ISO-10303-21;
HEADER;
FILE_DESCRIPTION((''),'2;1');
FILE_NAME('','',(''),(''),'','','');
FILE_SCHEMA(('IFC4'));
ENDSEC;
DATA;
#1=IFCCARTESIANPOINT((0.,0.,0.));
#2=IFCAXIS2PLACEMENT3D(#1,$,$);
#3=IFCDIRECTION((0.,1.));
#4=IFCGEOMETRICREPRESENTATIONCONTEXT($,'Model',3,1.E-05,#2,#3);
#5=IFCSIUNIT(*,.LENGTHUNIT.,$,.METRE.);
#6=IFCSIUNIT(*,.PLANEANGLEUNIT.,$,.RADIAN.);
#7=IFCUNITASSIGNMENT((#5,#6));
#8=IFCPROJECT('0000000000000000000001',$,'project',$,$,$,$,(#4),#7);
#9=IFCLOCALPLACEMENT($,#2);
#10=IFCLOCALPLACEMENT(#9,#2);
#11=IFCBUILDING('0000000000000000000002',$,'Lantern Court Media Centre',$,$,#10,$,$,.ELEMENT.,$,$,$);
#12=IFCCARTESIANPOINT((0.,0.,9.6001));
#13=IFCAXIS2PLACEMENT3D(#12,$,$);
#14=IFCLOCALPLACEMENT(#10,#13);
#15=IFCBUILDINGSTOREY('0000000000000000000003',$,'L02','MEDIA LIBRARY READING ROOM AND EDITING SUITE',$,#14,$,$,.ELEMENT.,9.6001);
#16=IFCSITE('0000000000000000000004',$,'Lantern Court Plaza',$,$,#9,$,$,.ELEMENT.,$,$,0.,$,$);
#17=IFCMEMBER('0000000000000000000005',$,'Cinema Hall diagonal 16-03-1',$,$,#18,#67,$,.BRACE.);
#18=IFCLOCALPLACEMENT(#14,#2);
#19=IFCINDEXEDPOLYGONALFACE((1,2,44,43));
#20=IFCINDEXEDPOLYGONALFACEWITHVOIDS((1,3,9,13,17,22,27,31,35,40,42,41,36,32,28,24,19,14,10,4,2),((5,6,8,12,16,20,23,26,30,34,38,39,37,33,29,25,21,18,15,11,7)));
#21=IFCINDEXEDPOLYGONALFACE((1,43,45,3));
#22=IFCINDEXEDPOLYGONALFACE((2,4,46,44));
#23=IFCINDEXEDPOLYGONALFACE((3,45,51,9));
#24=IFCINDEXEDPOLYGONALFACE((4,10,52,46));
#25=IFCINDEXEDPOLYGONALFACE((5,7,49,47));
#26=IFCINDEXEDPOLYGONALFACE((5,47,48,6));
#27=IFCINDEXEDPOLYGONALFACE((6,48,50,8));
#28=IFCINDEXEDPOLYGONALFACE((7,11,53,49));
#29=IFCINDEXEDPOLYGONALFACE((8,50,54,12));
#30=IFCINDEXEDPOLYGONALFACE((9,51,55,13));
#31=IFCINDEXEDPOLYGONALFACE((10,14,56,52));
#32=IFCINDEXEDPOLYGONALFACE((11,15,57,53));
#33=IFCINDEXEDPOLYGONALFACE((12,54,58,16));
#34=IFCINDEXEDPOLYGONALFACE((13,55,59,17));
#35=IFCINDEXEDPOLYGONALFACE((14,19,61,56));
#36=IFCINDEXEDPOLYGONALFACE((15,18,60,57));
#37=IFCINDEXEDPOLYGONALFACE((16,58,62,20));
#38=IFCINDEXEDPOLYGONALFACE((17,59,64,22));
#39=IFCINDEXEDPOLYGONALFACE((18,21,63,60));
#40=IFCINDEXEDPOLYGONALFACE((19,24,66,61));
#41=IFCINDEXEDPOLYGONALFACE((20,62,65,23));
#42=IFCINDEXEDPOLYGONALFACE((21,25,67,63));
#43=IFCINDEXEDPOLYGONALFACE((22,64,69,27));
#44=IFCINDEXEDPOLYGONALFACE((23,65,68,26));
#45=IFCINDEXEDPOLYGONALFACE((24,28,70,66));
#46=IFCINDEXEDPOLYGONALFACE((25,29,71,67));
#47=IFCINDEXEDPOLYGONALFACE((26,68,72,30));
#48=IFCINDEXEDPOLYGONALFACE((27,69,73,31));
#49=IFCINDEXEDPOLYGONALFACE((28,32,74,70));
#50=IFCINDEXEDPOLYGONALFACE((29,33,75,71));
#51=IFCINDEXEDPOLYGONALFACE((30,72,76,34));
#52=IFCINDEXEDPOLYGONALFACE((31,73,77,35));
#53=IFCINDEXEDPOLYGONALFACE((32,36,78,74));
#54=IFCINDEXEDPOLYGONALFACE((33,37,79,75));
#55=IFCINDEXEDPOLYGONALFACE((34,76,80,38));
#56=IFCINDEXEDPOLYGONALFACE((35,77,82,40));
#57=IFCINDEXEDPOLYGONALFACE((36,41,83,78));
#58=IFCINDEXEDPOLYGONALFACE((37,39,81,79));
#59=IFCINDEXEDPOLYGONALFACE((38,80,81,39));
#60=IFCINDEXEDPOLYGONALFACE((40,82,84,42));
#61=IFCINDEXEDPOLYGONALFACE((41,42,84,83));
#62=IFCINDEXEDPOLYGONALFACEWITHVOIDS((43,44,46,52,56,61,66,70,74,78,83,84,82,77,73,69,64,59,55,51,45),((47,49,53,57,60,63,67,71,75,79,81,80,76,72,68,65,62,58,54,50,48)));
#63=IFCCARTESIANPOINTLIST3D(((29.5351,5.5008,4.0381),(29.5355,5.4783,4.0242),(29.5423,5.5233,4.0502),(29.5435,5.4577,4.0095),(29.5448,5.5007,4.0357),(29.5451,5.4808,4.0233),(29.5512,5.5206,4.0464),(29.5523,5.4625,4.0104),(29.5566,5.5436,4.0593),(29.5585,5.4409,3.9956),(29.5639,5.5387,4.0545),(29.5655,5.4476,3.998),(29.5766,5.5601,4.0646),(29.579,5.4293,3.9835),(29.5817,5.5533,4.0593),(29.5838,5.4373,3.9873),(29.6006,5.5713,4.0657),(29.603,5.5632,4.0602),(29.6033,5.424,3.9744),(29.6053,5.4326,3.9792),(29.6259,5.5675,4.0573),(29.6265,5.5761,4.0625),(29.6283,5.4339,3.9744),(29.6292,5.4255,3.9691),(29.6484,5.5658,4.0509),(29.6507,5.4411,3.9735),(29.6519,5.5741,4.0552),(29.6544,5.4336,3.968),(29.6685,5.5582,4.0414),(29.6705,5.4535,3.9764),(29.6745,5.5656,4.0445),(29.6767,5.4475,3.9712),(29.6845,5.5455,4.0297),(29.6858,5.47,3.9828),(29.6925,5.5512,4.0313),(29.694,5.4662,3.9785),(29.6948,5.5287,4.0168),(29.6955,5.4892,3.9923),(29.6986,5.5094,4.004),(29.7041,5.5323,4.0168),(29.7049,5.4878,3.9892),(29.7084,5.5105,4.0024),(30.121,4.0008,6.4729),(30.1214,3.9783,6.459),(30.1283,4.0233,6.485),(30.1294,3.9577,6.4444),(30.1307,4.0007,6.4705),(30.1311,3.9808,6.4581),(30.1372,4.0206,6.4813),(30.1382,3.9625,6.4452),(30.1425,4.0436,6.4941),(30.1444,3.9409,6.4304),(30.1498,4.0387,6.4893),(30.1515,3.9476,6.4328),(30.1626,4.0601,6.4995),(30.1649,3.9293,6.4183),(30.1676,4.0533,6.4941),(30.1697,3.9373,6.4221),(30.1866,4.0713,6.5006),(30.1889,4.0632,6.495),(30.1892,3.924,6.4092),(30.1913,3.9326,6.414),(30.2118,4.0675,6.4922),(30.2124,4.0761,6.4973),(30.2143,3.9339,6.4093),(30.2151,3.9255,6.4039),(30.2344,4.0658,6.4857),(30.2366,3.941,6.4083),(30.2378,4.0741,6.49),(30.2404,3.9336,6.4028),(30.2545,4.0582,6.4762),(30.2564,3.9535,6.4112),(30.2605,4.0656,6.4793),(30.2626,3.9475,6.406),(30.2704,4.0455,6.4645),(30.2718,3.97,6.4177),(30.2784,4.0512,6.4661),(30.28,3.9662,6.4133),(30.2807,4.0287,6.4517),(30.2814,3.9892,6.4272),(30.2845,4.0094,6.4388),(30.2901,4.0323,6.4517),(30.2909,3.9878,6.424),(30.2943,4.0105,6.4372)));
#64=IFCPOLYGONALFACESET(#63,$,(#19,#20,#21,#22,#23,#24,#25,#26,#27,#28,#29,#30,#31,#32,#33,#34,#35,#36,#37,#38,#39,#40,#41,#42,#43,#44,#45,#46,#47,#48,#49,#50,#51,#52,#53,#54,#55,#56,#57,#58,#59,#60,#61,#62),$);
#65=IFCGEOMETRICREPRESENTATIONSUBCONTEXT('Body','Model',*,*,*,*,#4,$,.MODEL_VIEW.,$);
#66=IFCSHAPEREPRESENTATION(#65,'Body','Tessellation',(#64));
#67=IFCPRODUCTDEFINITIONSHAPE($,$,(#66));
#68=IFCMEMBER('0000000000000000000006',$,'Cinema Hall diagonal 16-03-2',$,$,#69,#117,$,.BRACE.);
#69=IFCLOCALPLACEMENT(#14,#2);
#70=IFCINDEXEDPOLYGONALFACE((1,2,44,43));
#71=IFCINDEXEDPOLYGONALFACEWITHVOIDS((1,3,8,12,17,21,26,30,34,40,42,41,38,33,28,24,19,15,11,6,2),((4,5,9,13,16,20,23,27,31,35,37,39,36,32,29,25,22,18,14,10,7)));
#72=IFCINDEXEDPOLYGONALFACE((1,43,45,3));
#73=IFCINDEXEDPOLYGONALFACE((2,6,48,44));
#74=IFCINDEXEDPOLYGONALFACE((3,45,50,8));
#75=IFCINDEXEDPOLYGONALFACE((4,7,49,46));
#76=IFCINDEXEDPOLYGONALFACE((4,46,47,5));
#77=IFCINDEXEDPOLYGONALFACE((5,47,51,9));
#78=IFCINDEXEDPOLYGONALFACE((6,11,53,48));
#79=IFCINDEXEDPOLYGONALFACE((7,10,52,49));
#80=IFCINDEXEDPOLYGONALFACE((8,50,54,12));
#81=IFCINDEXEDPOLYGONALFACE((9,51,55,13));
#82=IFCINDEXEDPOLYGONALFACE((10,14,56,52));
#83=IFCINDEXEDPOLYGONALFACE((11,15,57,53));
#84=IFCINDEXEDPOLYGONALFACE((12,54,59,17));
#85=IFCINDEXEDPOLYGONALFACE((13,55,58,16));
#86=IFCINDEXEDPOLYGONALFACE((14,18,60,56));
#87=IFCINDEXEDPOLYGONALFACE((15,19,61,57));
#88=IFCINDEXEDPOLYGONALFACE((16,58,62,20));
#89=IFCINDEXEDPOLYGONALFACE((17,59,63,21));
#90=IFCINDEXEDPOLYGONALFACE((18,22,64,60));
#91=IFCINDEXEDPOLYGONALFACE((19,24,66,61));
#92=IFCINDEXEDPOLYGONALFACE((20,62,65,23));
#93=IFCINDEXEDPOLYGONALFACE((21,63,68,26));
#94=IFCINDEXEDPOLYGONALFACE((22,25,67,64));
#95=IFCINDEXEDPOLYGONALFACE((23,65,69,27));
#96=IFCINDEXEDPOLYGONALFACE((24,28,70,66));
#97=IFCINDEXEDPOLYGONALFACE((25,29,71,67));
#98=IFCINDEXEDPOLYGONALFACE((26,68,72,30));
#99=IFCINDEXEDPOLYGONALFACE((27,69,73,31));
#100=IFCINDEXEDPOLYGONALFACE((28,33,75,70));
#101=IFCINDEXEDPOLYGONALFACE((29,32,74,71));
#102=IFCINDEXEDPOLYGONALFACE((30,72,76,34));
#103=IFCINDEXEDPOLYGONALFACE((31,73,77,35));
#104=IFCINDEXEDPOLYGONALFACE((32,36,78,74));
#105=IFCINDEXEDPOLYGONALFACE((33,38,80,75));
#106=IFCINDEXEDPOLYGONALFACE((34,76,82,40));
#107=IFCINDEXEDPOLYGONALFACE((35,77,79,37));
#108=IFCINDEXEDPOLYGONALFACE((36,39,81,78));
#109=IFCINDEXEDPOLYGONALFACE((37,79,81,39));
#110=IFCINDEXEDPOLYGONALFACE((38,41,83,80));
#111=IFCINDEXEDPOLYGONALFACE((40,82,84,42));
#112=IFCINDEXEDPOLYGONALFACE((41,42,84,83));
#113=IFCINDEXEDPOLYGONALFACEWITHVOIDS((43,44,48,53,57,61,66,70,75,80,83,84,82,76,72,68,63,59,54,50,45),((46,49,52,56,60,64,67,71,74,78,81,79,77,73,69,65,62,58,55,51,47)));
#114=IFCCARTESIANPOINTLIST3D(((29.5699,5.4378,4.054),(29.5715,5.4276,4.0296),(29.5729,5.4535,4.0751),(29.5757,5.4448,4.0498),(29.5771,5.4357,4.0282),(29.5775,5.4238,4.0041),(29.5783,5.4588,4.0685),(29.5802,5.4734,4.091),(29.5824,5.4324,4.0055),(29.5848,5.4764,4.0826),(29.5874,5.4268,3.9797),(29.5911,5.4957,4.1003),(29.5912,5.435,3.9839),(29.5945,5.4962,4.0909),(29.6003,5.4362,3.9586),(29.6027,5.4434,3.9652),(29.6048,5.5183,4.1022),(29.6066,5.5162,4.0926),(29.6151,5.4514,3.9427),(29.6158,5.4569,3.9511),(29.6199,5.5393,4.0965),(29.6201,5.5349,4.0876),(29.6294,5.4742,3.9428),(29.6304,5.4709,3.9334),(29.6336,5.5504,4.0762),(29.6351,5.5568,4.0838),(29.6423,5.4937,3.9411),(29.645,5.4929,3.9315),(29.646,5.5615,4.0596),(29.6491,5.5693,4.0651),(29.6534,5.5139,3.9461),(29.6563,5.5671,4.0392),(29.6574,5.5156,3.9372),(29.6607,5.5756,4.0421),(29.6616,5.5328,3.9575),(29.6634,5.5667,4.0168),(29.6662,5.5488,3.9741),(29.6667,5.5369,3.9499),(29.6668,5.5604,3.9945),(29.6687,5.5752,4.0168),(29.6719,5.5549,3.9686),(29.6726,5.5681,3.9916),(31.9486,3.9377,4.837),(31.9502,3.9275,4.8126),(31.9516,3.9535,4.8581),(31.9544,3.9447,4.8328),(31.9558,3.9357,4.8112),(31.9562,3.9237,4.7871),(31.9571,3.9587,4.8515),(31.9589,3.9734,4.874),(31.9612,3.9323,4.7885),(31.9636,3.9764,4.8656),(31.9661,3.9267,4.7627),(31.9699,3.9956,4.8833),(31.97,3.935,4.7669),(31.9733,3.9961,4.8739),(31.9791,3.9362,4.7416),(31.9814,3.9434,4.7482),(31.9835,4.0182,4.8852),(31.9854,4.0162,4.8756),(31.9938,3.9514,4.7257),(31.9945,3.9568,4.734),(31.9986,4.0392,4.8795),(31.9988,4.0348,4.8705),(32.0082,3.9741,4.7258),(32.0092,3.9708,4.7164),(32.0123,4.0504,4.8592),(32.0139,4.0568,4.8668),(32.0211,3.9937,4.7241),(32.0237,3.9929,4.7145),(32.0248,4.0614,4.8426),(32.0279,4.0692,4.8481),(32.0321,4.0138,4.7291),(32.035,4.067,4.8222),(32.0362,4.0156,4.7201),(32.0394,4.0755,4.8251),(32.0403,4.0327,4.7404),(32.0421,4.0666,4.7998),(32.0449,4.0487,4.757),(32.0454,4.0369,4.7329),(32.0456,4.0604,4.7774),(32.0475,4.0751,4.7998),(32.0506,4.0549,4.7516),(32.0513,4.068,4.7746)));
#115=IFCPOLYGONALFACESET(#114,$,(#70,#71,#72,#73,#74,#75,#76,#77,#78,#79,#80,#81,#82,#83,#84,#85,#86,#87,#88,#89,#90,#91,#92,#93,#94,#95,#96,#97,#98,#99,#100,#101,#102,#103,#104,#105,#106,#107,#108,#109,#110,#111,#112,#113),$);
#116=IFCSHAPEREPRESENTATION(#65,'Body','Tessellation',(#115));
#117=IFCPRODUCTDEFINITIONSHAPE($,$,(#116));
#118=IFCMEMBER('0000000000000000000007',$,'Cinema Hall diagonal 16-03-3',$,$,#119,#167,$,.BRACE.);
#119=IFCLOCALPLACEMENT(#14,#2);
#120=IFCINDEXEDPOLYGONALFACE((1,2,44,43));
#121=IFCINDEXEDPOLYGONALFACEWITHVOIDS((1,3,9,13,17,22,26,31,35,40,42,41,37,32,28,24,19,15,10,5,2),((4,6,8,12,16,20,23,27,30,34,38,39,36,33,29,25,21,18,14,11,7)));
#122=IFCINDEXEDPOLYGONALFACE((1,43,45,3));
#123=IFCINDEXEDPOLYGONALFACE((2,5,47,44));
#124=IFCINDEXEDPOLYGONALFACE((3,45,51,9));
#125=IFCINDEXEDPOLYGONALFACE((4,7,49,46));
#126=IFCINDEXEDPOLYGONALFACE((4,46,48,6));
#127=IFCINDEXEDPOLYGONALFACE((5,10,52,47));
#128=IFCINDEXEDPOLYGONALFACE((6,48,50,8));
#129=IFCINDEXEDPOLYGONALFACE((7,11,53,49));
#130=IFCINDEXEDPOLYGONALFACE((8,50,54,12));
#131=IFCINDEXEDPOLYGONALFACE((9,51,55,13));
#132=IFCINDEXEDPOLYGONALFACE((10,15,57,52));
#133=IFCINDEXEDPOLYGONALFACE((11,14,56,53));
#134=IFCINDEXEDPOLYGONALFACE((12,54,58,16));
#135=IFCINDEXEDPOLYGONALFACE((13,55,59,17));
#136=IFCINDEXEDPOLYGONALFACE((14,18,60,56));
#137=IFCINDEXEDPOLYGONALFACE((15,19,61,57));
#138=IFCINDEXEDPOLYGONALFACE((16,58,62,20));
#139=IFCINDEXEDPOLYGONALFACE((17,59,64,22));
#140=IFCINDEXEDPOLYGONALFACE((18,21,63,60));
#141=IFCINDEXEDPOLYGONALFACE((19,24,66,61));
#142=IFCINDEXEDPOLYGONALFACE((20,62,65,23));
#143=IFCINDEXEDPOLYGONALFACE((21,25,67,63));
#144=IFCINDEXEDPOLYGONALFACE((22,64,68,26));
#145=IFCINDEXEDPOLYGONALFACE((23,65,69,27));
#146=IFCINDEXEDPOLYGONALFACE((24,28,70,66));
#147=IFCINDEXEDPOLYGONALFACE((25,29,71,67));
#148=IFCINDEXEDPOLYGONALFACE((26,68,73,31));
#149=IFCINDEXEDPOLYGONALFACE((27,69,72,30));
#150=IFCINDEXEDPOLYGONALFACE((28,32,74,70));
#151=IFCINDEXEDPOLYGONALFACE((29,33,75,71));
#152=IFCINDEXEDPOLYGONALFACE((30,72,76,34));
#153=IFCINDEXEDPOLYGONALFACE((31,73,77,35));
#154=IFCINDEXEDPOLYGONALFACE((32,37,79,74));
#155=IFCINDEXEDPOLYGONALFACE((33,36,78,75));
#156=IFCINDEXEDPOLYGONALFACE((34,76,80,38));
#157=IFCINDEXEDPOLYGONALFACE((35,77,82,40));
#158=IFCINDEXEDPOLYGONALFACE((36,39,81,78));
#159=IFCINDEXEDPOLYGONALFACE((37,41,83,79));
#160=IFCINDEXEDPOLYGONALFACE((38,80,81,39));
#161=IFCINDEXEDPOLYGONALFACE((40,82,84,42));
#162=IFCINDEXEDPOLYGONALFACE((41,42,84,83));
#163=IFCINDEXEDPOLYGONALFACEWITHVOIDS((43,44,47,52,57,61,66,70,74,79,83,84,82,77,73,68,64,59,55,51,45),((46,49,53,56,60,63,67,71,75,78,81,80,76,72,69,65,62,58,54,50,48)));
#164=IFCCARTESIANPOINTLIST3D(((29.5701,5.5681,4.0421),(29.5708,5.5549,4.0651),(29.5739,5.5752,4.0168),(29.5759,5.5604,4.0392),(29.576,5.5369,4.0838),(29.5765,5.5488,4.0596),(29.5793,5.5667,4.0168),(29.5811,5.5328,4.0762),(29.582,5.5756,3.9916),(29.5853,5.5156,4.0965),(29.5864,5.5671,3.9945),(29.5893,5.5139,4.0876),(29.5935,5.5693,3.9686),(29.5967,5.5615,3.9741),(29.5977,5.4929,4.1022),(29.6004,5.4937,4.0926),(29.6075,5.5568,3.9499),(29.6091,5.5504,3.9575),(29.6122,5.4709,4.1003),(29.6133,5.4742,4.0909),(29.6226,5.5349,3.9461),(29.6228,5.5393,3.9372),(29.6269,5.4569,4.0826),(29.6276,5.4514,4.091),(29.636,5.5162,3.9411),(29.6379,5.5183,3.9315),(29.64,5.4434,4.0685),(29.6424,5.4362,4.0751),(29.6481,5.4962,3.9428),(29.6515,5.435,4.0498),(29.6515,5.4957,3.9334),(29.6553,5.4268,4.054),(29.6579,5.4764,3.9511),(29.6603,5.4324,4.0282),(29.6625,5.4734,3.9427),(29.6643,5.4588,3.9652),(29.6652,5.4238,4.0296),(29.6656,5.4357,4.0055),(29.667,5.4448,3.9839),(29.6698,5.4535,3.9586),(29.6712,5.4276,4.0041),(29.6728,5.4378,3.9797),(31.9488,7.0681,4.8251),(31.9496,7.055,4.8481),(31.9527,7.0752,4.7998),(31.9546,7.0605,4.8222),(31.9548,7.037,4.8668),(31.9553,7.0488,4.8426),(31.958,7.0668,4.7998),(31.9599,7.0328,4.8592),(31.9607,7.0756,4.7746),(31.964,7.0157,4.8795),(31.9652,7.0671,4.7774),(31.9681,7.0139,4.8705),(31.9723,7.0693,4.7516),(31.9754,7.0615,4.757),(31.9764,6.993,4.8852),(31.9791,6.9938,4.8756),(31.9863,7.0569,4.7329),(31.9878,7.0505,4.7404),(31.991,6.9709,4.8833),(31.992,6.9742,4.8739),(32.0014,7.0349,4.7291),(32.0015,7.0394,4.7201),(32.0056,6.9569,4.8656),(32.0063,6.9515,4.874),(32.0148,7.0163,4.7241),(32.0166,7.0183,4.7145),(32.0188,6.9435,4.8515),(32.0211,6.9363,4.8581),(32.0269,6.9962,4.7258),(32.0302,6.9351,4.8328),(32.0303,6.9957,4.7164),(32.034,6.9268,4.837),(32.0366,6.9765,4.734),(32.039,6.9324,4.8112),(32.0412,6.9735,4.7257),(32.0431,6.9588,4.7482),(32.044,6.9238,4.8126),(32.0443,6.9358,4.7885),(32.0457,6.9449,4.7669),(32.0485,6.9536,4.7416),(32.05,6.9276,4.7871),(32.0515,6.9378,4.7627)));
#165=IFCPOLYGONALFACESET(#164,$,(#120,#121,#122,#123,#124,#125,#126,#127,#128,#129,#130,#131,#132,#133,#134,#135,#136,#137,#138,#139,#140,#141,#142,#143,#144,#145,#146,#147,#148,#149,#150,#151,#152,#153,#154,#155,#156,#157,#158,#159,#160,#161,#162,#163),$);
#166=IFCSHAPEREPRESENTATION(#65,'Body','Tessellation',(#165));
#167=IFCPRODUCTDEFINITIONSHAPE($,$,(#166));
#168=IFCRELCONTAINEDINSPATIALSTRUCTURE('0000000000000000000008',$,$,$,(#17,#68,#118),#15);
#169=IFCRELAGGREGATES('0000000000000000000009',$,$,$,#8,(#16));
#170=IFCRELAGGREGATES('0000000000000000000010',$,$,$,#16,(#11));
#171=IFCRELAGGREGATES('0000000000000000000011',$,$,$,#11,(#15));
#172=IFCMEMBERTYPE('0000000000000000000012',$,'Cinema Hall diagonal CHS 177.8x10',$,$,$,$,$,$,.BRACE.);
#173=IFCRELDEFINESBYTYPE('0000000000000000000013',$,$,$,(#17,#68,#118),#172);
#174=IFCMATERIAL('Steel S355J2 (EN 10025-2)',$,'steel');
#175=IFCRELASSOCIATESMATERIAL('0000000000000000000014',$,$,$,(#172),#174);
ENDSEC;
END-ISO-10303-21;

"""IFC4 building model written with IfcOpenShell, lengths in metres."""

from ifc_helpers import new_model, si_unit, direction, frame, origin, origin_2d, place, context, subcontext, project, spatial, hollow_circle, extrude, material, material_profile, profile_set, type_object, element, save


model = new_model("IFC4")

# Units and contexts
model_context = context("Model", 3, precision=1e-05, world=origin(), true_north=direction((0.0, 1.0)))
body_context = subcontext(model_context, "Body", "Model", "MODEL_VIEW")
ifc_project = project(units=[si_unit("LENGTHUNIT", "METRE"), si_unit("PLANEANGLEUNIT", "RADIAN")], contexts=[model_context])

# Site, building, storey
site_placement = place(None, origin())
site = spatial("IfcSite", under=ifc_project, at=site_placement, Name="Lantern Court Plaza", CompositionType="ELEMENT", RefElevation=0.0)
building_placement = place(site_placement, origin())
building = spatial("IfcBuilding", under=site, at=building_placement, Name="Lantern Court Media Centre", CompositionType="ELEMENT")
storey_placement = place(building_placement, frame((0.0, 0.0, 9.6001)))
storey = spatial("IfcBuildingStorey", under=building, at=storey_placement, Name="L02", Description="MEDIA LIBRARY READING ROOM AND EDITING SUITE", CompositionType="ELEMENT", Elevation=9.6001)

# Members
ifc_material_1 = material(Name="Steel S355J2 (EN 10025-2)", Category="steel")
ifc_material_profile_1 = material_profile(ifc_material_1, hollow_circle(Radius=0.0889, WallThickness=0.01, at=origin_2d()), Name="Cinema Hall diagonal CHS 177.8x10")
ifc_profile_set_1 = profile_set([ifc_material_profile_1], Name="Steel S355J2 (EN 10025-2)")
member_type_1 = type_object("IfcMemberType", Name="Cinema Hall diagonal CHS 177.8x10", PredefinedType="BRACE", material=ifc_profile_set_1)
for number, where, z_axis, x_axis, name in (
    (1, (29.6213, 5.5, 4.0168), (0.20072, -0.513842, 0.834073), (0.931457, 0.363851, 0.0), "Cinema Hall diagonal 16-03-1"),
    (2, (29.6213, 5.5, 4.0168), (0.814866, -0.51386, 0.268221), (0.533405, 0.84586, 0.0), "Cinema Hall diagonal 16-03-2"),
    (3, (29.6213, 5.5, 4.0168), (0.814866, 0.51386, 0.268221), (-0.533405, 0.84586, 0.0), "Cinema Hall diagonal 16-03-3"),
):
    element("IfcMember", number, at=place(storey_placement, frame(where, z_axis=z_axis, x_axis=x_axis)), inside=storey, type_object=member_type_1, Name=name, PredefinedType="BRACE", context=body_context, shape_type="SweptSolid", body=[
        extrude(hollow_circle(Radius=0.0889, WallThickness=0.01, at=origin_2d()), origin(), (0.0, 0.0, 1.0), 2.9192),
    ])

save(model, "model.ifc")
